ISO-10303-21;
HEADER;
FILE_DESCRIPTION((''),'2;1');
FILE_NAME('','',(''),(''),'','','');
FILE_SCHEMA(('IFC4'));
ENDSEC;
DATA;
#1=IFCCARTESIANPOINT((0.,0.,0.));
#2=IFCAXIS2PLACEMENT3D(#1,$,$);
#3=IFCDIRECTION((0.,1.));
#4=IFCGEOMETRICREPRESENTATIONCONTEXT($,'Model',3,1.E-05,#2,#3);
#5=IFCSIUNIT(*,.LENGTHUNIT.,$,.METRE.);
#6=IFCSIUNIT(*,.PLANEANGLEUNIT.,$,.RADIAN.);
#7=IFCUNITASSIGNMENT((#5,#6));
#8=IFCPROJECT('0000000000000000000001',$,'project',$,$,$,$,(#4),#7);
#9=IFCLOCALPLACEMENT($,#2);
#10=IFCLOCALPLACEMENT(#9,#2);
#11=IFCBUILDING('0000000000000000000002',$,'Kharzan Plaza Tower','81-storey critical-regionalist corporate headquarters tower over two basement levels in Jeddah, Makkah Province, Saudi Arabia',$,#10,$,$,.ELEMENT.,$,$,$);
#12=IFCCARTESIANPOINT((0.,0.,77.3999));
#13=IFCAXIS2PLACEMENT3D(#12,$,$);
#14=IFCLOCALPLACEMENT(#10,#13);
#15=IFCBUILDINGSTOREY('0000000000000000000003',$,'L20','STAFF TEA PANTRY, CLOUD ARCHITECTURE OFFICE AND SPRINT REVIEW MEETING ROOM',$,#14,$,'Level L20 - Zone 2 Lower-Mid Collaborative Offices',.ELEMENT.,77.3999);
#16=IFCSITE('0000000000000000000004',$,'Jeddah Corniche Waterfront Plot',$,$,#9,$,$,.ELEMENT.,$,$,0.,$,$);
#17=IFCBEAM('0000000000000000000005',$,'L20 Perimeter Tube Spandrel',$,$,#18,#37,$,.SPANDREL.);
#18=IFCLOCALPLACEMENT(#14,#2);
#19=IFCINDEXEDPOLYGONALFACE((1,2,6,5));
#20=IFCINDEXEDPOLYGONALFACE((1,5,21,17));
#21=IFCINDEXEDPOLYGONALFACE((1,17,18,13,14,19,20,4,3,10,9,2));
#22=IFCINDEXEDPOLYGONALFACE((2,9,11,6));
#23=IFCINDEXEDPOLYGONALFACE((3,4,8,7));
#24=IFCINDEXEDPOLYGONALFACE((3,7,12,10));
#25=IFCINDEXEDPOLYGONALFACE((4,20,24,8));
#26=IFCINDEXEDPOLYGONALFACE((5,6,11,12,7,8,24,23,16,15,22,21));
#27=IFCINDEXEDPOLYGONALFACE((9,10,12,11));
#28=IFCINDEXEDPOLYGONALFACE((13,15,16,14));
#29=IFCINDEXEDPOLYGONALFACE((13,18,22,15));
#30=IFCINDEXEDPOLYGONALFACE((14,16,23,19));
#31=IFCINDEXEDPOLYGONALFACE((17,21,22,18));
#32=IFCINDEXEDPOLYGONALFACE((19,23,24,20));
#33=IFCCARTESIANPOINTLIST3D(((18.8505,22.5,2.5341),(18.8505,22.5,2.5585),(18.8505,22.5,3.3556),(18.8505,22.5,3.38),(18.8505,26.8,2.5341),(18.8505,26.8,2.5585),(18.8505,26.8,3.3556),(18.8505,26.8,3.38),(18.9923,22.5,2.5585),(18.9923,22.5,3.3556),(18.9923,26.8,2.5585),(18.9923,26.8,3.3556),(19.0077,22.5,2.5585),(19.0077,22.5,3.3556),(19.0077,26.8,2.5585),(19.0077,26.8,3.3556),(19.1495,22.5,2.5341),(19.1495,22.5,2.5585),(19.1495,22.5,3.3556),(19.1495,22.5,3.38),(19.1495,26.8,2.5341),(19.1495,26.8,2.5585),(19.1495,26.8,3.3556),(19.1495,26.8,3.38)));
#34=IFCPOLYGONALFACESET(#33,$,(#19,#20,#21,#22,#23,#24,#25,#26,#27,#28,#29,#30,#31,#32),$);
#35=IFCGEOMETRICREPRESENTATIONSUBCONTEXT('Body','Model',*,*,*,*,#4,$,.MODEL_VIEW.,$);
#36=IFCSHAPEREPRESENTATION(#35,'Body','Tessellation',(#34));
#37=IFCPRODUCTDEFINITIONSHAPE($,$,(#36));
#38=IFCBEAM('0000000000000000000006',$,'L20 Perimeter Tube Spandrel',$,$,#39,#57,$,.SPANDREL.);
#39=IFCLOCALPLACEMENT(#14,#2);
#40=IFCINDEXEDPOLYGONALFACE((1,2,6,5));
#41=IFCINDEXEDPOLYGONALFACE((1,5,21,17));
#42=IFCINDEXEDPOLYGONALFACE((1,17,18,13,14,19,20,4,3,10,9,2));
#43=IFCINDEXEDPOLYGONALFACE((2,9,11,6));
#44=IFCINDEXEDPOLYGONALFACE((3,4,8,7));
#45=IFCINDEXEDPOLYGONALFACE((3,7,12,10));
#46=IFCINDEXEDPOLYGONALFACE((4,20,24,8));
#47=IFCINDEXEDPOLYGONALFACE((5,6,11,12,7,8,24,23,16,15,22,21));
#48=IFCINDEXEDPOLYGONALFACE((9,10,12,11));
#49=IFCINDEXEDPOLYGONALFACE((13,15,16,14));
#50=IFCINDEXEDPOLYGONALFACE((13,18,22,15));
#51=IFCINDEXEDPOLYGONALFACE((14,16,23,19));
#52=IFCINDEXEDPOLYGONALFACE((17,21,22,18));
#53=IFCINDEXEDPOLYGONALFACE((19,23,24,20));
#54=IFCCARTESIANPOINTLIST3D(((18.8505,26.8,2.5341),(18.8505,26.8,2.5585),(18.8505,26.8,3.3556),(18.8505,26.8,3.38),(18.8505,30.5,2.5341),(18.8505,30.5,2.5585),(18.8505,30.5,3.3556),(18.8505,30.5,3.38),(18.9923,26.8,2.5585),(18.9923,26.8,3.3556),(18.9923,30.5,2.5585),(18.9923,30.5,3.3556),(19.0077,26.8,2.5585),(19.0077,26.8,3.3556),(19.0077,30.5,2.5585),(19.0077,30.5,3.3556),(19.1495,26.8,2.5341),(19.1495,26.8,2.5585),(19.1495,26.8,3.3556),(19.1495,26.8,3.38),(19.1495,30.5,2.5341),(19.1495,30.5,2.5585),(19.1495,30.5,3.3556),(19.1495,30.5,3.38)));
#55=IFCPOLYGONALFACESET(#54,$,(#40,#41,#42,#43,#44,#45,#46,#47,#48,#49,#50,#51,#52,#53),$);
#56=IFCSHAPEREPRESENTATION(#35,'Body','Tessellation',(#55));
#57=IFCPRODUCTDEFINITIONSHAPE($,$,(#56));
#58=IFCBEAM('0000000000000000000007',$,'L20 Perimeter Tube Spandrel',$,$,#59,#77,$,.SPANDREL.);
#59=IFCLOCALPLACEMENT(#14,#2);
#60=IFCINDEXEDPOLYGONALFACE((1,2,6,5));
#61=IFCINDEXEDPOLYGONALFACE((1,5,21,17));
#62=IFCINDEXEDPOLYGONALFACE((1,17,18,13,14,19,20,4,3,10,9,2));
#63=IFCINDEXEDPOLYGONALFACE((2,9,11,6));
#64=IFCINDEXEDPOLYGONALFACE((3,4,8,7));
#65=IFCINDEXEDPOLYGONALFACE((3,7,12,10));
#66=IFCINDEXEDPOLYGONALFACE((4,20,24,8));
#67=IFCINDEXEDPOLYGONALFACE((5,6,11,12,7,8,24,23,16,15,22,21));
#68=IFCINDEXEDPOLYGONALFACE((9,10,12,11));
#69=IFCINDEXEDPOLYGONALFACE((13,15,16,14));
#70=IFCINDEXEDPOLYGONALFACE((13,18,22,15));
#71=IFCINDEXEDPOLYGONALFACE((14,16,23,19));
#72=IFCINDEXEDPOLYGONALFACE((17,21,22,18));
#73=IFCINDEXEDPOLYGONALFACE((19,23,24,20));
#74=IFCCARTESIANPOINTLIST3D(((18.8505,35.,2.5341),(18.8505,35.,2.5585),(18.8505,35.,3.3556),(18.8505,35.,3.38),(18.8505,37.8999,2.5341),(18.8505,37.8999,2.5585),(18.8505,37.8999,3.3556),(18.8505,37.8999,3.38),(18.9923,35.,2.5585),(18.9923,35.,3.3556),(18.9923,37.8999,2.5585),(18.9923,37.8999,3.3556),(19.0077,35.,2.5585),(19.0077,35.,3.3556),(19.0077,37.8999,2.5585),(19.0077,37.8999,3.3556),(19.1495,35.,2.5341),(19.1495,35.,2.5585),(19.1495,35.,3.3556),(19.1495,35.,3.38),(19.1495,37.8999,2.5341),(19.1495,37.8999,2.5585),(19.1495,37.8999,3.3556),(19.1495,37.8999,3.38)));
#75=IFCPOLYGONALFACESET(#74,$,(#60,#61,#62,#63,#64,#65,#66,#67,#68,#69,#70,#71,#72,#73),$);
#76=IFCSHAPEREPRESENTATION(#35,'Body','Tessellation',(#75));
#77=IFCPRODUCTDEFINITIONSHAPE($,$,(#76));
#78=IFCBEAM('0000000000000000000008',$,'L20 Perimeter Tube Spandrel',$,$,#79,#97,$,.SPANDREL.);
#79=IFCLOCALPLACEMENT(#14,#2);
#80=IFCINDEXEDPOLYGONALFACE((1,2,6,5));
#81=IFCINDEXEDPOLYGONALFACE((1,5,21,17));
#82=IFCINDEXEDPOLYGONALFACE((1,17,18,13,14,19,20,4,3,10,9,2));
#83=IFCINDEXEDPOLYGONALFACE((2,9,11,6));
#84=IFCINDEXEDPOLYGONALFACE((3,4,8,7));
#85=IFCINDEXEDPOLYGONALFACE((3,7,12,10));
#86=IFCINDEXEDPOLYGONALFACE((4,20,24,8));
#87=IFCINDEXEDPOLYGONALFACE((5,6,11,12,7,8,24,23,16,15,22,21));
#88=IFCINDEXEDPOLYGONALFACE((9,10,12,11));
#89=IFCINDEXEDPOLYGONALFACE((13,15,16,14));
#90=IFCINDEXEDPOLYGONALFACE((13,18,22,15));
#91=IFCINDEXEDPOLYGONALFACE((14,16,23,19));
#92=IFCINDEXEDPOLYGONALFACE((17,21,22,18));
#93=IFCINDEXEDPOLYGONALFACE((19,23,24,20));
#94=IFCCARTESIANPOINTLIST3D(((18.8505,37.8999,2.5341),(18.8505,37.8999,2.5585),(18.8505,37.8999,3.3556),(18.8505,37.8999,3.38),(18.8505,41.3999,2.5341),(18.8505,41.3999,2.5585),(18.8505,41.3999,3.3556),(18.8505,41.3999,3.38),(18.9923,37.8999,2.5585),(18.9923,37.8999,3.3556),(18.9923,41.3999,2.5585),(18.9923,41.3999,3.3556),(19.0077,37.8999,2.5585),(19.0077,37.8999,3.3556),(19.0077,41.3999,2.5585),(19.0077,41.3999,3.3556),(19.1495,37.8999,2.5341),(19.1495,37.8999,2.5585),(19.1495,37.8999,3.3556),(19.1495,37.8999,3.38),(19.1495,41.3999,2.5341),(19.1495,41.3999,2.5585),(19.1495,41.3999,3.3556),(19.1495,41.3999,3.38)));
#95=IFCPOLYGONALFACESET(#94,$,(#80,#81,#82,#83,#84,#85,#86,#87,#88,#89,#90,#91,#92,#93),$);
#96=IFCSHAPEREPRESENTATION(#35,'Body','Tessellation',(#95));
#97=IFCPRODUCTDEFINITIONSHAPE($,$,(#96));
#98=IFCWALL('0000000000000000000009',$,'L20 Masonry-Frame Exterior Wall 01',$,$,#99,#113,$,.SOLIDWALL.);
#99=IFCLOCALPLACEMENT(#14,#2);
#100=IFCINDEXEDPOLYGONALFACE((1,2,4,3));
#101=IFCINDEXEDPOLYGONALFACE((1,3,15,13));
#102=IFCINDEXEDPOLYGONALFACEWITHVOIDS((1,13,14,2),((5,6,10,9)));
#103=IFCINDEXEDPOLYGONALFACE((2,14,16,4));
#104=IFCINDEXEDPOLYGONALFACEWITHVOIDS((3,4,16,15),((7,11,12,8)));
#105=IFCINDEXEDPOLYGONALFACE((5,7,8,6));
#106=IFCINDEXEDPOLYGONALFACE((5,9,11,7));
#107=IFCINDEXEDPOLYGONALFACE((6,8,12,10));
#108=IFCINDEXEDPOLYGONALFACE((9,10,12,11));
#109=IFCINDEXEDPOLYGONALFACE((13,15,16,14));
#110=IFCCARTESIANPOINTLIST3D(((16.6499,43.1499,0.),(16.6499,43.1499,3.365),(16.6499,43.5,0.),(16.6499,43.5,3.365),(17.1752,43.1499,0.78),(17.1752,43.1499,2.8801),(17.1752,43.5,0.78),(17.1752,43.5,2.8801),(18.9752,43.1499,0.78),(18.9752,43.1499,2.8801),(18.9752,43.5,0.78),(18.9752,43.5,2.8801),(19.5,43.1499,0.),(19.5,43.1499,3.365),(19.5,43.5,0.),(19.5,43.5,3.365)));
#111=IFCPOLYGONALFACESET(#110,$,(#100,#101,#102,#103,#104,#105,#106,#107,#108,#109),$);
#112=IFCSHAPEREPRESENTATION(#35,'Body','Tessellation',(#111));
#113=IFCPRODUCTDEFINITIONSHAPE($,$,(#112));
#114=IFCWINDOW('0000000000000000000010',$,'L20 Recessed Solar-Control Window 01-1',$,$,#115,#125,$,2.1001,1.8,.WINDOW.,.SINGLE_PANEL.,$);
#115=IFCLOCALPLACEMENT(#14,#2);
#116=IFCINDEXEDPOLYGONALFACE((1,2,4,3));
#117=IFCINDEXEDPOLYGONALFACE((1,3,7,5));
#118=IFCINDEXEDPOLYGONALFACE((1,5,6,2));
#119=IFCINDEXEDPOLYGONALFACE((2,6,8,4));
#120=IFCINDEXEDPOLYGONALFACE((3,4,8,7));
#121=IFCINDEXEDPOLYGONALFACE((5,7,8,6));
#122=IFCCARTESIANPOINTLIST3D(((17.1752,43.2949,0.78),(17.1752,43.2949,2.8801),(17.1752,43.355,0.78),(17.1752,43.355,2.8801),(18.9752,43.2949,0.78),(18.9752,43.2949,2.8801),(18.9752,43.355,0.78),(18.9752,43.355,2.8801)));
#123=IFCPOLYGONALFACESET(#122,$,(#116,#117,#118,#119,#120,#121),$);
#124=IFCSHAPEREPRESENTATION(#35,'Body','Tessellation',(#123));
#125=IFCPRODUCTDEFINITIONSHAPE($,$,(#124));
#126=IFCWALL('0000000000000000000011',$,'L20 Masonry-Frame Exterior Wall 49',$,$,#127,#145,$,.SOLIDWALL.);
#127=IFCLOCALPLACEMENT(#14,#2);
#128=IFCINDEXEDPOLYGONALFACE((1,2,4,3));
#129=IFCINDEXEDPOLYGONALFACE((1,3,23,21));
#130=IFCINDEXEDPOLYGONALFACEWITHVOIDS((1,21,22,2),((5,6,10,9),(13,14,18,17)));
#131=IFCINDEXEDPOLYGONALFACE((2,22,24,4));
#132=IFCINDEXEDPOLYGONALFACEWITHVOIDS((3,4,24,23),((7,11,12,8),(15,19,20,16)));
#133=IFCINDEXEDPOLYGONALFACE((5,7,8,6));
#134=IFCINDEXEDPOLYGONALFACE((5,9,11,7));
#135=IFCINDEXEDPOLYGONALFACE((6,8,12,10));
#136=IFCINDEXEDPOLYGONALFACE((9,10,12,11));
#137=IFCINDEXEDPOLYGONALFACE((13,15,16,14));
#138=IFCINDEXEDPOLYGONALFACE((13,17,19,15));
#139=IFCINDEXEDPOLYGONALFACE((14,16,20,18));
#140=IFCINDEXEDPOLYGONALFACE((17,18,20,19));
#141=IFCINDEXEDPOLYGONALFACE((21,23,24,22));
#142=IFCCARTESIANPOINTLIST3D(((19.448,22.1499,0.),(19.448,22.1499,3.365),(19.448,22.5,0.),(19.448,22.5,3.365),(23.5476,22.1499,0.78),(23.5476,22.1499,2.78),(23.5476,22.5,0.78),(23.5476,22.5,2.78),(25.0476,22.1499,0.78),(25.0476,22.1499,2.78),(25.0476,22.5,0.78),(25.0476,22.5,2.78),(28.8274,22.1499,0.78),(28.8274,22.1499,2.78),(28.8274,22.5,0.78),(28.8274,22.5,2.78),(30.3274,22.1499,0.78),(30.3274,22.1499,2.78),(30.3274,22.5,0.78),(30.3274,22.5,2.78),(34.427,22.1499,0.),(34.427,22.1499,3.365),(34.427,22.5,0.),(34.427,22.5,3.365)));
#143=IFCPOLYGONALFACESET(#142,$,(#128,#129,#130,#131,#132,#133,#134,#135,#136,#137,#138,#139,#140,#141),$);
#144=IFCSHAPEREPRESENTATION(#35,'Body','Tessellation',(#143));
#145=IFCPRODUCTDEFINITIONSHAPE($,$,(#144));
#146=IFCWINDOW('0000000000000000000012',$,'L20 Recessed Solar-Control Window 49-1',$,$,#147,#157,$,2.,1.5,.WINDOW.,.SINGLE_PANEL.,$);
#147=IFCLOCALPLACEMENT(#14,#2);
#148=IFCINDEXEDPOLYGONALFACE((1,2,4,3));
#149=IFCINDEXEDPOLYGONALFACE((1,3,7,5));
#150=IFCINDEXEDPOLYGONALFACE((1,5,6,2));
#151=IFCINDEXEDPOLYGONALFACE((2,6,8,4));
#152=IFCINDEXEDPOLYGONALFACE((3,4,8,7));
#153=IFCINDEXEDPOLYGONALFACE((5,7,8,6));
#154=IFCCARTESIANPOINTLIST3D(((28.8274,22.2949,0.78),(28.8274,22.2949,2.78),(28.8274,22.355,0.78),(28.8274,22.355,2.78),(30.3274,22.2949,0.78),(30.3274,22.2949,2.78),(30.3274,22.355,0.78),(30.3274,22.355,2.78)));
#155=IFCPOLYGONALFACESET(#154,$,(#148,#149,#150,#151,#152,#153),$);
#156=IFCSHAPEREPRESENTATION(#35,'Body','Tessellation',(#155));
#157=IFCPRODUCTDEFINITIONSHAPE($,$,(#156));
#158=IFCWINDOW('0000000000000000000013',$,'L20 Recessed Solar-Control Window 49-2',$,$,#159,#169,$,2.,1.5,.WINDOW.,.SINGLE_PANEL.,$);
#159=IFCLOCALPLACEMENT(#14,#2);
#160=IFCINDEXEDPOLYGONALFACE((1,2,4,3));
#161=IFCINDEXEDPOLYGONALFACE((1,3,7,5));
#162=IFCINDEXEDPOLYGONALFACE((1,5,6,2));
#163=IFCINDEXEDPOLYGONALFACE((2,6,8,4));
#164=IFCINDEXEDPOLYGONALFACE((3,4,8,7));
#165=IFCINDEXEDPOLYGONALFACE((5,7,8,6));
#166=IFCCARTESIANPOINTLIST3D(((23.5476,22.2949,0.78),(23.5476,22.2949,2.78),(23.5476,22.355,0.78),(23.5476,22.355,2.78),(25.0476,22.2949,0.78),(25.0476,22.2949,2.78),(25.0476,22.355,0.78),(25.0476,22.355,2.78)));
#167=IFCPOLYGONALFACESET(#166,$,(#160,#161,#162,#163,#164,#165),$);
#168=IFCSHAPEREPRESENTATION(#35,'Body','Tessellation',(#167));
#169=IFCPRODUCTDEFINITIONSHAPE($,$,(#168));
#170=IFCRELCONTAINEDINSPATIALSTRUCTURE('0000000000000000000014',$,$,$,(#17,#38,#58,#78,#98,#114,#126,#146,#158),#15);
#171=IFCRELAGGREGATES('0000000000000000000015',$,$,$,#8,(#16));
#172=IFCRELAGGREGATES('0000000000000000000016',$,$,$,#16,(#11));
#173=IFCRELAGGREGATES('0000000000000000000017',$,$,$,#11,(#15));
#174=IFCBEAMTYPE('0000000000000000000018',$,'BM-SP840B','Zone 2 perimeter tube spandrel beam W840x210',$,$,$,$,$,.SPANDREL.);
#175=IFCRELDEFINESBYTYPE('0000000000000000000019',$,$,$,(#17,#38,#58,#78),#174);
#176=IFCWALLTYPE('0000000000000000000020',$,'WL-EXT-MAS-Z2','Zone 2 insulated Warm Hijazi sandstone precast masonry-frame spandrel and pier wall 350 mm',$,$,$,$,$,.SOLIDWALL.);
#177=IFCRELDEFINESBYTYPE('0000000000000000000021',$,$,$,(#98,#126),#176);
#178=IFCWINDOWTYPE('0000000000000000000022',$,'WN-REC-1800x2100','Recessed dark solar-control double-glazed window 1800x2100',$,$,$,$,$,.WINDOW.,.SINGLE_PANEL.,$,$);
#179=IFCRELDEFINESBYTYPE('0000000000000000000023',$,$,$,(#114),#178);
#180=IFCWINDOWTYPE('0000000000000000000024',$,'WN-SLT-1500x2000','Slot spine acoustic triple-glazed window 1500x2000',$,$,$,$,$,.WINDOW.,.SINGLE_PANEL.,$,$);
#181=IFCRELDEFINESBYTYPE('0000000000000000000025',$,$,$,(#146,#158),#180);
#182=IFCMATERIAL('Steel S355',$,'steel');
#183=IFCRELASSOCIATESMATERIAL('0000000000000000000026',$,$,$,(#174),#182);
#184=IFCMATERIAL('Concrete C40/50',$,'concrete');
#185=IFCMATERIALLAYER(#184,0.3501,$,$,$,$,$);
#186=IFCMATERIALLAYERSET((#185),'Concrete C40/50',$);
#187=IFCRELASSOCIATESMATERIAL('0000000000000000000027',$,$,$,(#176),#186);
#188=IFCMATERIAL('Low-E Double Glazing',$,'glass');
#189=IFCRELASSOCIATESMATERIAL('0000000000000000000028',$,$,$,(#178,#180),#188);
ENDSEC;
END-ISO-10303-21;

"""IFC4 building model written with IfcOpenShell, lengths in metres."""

from ifc_helpers import new_model, si_unit, direction, frame, frame_2d, origin, origin_2d, place, context, subcontext, project, spatial, rectangle, i_section, extrude, source, transform, mapped, material, layer, layer_set, material_profile, profile_set, type_object, element, fill, save


model = new_model("IFC4")

# Units and contexts
model_context = context("Model", 3, precision=1e-05, world=origin(), true_north=direction((0.0, 1.0)))
body_context = subcontext(model_context, "Body", "Model", "MODEL_VIEW")
ifc_project = project(units=[si_unit("LENGTHUNIT", "METRE"), si_unit("PLANEANGLEUNIT", "RADIAN")], contexts=[model_context])

# Site, building, storey
site_placement = place(None, origin())
site = spatial("IfcSite", under=ifc_project, at=site_placement, Name="Jeddah Corniche Waterfront Plot", CompositionType="ELEMENT", RefElevation=0.0)
building_placement = place(site_placement, origin())
building = spatial("IfcBuilding", under=site, at=building_placement, Name="Kharzan Plaza Tower", Description="81-storey critical-regionalist corporate headquarters tower over two basement levels in Jeddah, Makkah Province, Saudi Arabia", CompositionType="ELEMENT")
storey_placement = place(building_placement, frame((0.0, 0.0, 77.3999)))
storey = spatial("IfcBuildingStorey", under=building, at=storey_placement, Name="L20", Description="STAFF TEA PANTRY, CLOUD ARCHITECTURE OFFICE AND SPRINT REVIEW MEETING ROOM", LongName="Level L20 - Zone 2 Lower-Mid Collaborative Offices", CompositionType="ELEMENT", Elevation=77.3999)

# Beams
ifc_material_1 = material(Name="Steel S355", Category="steel")
ifc_material_profile_1 = material_profile(ifc_material_1, i_section(OverallWidth=0.2991, OverallDepth=0.8459, WebThickness=0.0154, FlangeThickness=0.0244, at=origin_2d()), Name="W840x210")
ifc_profile_set_1 = profile_set([ifc_material_profile_1], Name="Steel S355")
beam_type_1 = type_object("IfcBeamType", Name="BM-SP840B", Description="Zone 2 perimeter tube spandrel beam W840x210", PredefinedType="SPANDREL", material=ifc_profile_set_1)
shared_shape_1 = source(origin(), body_context, "Body", "SweptSolid", [
    extrude(i_section(OverallWidth=0.2991, OverallDepth=0.8459, WebThickness=0.0154, FlangeThickness=0.0244, at=origin_2d()), origin(), (0.0, 0.0, 1.0), 4.3),
])
beam_1_placement = place(storey_placement, frame((19.0, 22.5, 2.957), z_axis=(0.0, 1.0, 0.0), x_axis=(-1.0, 0.0, 0.0)))
element("IfcBeam", 1, at=beam_1_placement, inside=storey, type_object=beam_type_1, Name="L20 Perimeter Tube Spandrel", PredefinedType="SPANDREL", context=body_context, shape_type="MappedRepresentation", body=[
    mapped(shared_shape_1, transform((0.0, 0.0, 0.0), x_axis=(1.0, 0.0, 0.0), y_axis=(0.0, 1.0, 0.0), z_axis=(0.0, 0.0, 1.0))),
])
shared_shape_2 = source(origin(), body_context, "Body", "SweptSolid", [
    extrude(i_section(OverallWidth=0.2991, OverallDepth=0.8459, WebThickness=0.0154, FlangeThickness=0.0244, at=origin_2d()), origin(), (0.0, 0.0, 1.0), 3.7),
])
beam_2_placement = place(storey_placement, frame((19.0, 26.8, 2.957), z_axis=(0.0, 1.0, 0.0), x_axis=(-1.0, 0.0, 0.0)))
element("IfcBeam", 2, at=beam_2_placement, inside=storey, type_object=beam_type_1, Name="L20 Perimeter Tube Spandrel", PredefinedType="SPANDREL", context=body_context, shape_type="MappedRepresentation", body=[
    mapped(shared_shape_2, transform((0.0, 0.0, 0.0), x_axis=(1.0, 0.0, 0.0), y_axis=(0.0, 1.0, 0.0), z_axis=(0.0, 0.0, 1.0))),
])
shared_shape_3 = source(origin(), body_context, "Body", "SweptSolid", [
    extrude(i_section(OverallWidth=0.2991, OverallDepth=0.8459, WebThickness=0.0154, FlangeThickness=0.0244, at=origin_2d()), origin(), (0.0, 0.0, 1.0), 2.8999),
])
beam_3_placement = place(storey_placement, frame((19.0, 35.0, 2.957), z_axis=(0.0, 1.0, 0.0), x_axis=(-1.0, 0.0, 0.0)))
element("IfcBeam", 3, at=beam_3_placement, inside=storey, type_object=beam_type_1, Name="L20 Perimeter Tube Spandrel", PredefinedType="SPANDREL", context=body_context, shape_type="MappedRepresentation", body=[
    mapped(shared_shape_3, transform((0.0, 0.0, 0.0), x_axis=(1.0, 0.0, 0.0), y_axis=(0.0, 1.0, 0.0), z_axis=(0.0, 0.0, 1.0))),
])
shared_shape_4 = source(origin(), body_context, "Body", "SweptSolid", [
    extrude(i_section(OverallWidth=0.2991, OverallDepth=0.8459, WebThickness=0.0154, FlangeThickness=0.0244, at=origin_2d()), origin(), (0.0, 0.0, 1.0), 3.5),
])
beam_4_placement = place(storey_placement, frame((19.0, 37.8999, 2.957), z_axis=(0.0, 1.0, 0.0), x_axis=(-1.0, 0.0, 0.0)))
element("IfcBeam", 4, at=beam_4_placement, inside=storey, type_object=beam_type_1, Name="L20 Perimeter Tube Spandrel", PredefinedType="SPANDREL", context=body_context, shape_type="MappedRepresentation", body=[
    mapped(shared_shape_4, transform((0.0, 0.0, 0.0), x_axis=(1.0, 0.0, 0.0), y_axis=(0.0, 1.0, 0.0), z_axis=(0.0, 0.0, 1.0))),
])

# Wall, opening, window
ifc_material_2 = material(Name="Concrete C40/50", Category="concrete")
ifc_layer_1 = layer(ifc_material_2, 0.3501)
ifc_layer_set_1 = layer_set([ifc_layer_1], Name="Concrete C40/50")
wall_type_1 = type_object("IfcWallType", Name="WL-EXT-MAS-Z2", Description="Zone 2 insulated Warm Hijazi sandstone precast masonry-frame spandrel and pier wall 350 mm", PredefinedType="SOLIDWALL", material=ifc_layer_set_1)
wall_1_placement = place(storey_placement, frame((19.5, 43.325, 0.0), z_axis=(0.0, 0.0, 1.0), x_axis=(-1.0, 0.0, 0.0)))
wall_1 = element("IfcWall", 5, at=wall_1_placement, inside=storey, type_object=wall_type_1, Name="L20 Masonry-Frame Exterior Wall 01", PredefinedType="SOLIDWALL", context=body_context, shape_type="SweptSolid", body=[
    extrude(rectangle(XDim=2.8501, YDim=0.3501, at=frame_2d((1.425, 0.0))), origin(), (0.0, 0.0, 1.0), 3.365),
])
opening_1_placement = place(wall_1_placement, frame((0.5249, 0.0, 0.78)))
opening_1 = element("IfcOpeningElement", 6, at=opening_1_placement, cuts=wall_1, PredefinedType="OPENING", context=body_context, shape_type="SweptSolid", body=[
    extrude(rectangle(XDim=1.8, YDim=2.1001, at=frame_2d((0.8999, 1.05))), frame((0.0, 0.1851, 0.0), z_axis=(0.0, -1.0, 0.0), x_axis=(1.0, 0.0, 0.0)), (0.0, 0.0, 1.0), 0.3701),
])
ifc_material_3 = material(Name="Low-E Double Glazing", Category="glass")
window_type_1 = type_object("IfcWindowType", Name="WN-REC-1800x2100", Description="Recessed dark solar-control double-glazed window 1800x2100", PartitioningType="SINGLE_PANEL", PredefinedType="WINDOW", material=ifc_material_3)
shared_shape_5 = source(origin(), body_context, "Body", "SweptSolid", [
    extrude(rectangle(XDim=1.8, YDim=2.1001, at=frame_2d((0.8999, 1.05))), frame((0.0, 0.03, 0.0), z_axis=(0.0, -1.0, 0.0), x_axis=(1.0, 0.0, 0.0)), (0.0, 0.0, 1.0), 0.0601),
])
window_1_placement = place(opening_1_placement, origin())
window_1 = element("IfcWindow", 7, at=window_1_placement, inside=storey, type_object=window_type_1, Name="L20 Recessed Solar-Control Window 01-1", OverallHeight=2.1001, OverallWidth=1.8, PartitioningType="SINGLE_PANEL", PredefinedType="WINDOW", context=body_context, shape_type="MappedRepresentation", body=[
    mapped(shared_shape_5, transform((0.0, 0.0, 0.0), x_axis=(1.0, 0.0, 0.0), y_axis=(0.0, 1.0, 0.0), z_axis=(0.0, 0.0, 1.0))),
])
fill(opening_1, window_1)

# Wall, openings, windows
wall_2_placement = place(storey_placement, frame((34.427, 22.325, 0.0), z_axis=(0.0, 0.0, 1.0), x_axis=(-1.0, 0.0, 0.0)))
wall_2 = element("IfcWall", 8, at=wall_2_placement, inside=storey, type_object=wall_type_1, Name="L20 Masonry-Frame Exterior Wall 49", PredefinedType="SOLIDWALL", context=body_context, shape_type="SweptSolid", body=[
    extrude(rectangle(XDim=14.979, YDim=0.3501, at=frame_2d((7.4895, 0.0))), origin(), (0.0, 0.0, 1.0), 3.365),
])
opening_2_placement = place(wall_2_placement, frame((4.0996, 0.0, 0.78)))
opening_2 = element("IfcOpeningElement", 9, at=opening_2_placement, cuts=wall_2, PredefinedType="OPENING", context=body_context, shape_type="SweptSolid", body=[
    extrude(rectangle(XDim=1.5, YDim=2.0, at=frame_2d((0.75, 1.0))), frame((0.0, 0.1851, 0.0), z_axis=(0.0, -1.0, 0.0), x_axis=(1.0, 0.0, 0.0)), (0.0, 0.0, 1.0), 0.3701),
])
opening_3_placement = place(wall_2_placement, frame((9.3794, 0.0, 0.78)))
opening_3 = element("IfcOpeningElement", 10, at=opening_3_placement, cuts=wall_2, PredefinedType="OPENING", context=body_context, shape_type="SweptSolid", body=[
    extrude(rectangle(XDim=1.5, YDim=2.0, at=frame_2d((0.75, 1.0))), frame((0.0, 0.1851, 0.0), z_axis=(0.0, -1.0, 0.0), x_axis=(1.0, 0.0, 0.0)), (0.0, 0.0, 1.0), 0.3701),
])
window_type_2 = type_object("IfcWindowType", Name="WN-SLT-1500x2000", Description="Slot spine acoustic triple-glazed window 1500x2000", PartitioningType="SINGLE_PANEL", PredefinedType="WINDOW", material=ifc_material_3)
shared_shape_6 = source(origin(), body_context, "Body", "SweptSolid", [
    extrude(rectangle(XDim=1.5, YDim=2.0, at=frame_2d((0.75, 1.0))), frame((0.0, 0.03, 0.0), z_axis=(0.0, -1.0, 0.0), x_axis=(1.0, 0.0, 0.0)), (0.0, 0.0, 1.0), 0.0601),
])
window_2_placement = place(opening_2_placement, origin())
window_2 = element("IfcWindow", 11, at=window_2_placement, inside=storey, type_object=window_type_2, Name="L20 Recessed Solar-Control Window 49-1", OverallHeight=2.0, OverallWidth=1.5, PartitioningType="SINGLE_PANEL", PredefinedType="WINDOW", context=body_context, shape_type="MappedRepresentation", body=[
    mapped(shared_shape_6, transform((0.0, 0.0, 0.0), x_axis=(1.0, 0.0, 0.0), y_axis=(0.0, 1.0, 0.0), z_axis=(0.0, 0.0, 1.0))),
])
fill(opening_2, window_2)
window_3_placement = place(opening_3_placement, origin())
window_3 = element("IfcWindow", 12, at=window_3_placement, inside=storey, type_object=window_type_2, Name="L20 Recessed Solar-Control Window 49-2", OverallHeight=2.0, OverallWidth=1.5, PartitioningType="SINGLE_PANEL", PredefinedType="WINDOW", context=body_context, shape_type="MappedRepresentation", body=[
    mapped(shared_shape_6, transform((0.0, 0.0, 0.0), x_axis=(1.0, 0.0, 0.0), y_axis=(0.0, 1.0, 0.0), z_axis=(0.0, 0.0, 1.0))),
])
fill(opening_3, window_3)

save(model, "model.ifc")
